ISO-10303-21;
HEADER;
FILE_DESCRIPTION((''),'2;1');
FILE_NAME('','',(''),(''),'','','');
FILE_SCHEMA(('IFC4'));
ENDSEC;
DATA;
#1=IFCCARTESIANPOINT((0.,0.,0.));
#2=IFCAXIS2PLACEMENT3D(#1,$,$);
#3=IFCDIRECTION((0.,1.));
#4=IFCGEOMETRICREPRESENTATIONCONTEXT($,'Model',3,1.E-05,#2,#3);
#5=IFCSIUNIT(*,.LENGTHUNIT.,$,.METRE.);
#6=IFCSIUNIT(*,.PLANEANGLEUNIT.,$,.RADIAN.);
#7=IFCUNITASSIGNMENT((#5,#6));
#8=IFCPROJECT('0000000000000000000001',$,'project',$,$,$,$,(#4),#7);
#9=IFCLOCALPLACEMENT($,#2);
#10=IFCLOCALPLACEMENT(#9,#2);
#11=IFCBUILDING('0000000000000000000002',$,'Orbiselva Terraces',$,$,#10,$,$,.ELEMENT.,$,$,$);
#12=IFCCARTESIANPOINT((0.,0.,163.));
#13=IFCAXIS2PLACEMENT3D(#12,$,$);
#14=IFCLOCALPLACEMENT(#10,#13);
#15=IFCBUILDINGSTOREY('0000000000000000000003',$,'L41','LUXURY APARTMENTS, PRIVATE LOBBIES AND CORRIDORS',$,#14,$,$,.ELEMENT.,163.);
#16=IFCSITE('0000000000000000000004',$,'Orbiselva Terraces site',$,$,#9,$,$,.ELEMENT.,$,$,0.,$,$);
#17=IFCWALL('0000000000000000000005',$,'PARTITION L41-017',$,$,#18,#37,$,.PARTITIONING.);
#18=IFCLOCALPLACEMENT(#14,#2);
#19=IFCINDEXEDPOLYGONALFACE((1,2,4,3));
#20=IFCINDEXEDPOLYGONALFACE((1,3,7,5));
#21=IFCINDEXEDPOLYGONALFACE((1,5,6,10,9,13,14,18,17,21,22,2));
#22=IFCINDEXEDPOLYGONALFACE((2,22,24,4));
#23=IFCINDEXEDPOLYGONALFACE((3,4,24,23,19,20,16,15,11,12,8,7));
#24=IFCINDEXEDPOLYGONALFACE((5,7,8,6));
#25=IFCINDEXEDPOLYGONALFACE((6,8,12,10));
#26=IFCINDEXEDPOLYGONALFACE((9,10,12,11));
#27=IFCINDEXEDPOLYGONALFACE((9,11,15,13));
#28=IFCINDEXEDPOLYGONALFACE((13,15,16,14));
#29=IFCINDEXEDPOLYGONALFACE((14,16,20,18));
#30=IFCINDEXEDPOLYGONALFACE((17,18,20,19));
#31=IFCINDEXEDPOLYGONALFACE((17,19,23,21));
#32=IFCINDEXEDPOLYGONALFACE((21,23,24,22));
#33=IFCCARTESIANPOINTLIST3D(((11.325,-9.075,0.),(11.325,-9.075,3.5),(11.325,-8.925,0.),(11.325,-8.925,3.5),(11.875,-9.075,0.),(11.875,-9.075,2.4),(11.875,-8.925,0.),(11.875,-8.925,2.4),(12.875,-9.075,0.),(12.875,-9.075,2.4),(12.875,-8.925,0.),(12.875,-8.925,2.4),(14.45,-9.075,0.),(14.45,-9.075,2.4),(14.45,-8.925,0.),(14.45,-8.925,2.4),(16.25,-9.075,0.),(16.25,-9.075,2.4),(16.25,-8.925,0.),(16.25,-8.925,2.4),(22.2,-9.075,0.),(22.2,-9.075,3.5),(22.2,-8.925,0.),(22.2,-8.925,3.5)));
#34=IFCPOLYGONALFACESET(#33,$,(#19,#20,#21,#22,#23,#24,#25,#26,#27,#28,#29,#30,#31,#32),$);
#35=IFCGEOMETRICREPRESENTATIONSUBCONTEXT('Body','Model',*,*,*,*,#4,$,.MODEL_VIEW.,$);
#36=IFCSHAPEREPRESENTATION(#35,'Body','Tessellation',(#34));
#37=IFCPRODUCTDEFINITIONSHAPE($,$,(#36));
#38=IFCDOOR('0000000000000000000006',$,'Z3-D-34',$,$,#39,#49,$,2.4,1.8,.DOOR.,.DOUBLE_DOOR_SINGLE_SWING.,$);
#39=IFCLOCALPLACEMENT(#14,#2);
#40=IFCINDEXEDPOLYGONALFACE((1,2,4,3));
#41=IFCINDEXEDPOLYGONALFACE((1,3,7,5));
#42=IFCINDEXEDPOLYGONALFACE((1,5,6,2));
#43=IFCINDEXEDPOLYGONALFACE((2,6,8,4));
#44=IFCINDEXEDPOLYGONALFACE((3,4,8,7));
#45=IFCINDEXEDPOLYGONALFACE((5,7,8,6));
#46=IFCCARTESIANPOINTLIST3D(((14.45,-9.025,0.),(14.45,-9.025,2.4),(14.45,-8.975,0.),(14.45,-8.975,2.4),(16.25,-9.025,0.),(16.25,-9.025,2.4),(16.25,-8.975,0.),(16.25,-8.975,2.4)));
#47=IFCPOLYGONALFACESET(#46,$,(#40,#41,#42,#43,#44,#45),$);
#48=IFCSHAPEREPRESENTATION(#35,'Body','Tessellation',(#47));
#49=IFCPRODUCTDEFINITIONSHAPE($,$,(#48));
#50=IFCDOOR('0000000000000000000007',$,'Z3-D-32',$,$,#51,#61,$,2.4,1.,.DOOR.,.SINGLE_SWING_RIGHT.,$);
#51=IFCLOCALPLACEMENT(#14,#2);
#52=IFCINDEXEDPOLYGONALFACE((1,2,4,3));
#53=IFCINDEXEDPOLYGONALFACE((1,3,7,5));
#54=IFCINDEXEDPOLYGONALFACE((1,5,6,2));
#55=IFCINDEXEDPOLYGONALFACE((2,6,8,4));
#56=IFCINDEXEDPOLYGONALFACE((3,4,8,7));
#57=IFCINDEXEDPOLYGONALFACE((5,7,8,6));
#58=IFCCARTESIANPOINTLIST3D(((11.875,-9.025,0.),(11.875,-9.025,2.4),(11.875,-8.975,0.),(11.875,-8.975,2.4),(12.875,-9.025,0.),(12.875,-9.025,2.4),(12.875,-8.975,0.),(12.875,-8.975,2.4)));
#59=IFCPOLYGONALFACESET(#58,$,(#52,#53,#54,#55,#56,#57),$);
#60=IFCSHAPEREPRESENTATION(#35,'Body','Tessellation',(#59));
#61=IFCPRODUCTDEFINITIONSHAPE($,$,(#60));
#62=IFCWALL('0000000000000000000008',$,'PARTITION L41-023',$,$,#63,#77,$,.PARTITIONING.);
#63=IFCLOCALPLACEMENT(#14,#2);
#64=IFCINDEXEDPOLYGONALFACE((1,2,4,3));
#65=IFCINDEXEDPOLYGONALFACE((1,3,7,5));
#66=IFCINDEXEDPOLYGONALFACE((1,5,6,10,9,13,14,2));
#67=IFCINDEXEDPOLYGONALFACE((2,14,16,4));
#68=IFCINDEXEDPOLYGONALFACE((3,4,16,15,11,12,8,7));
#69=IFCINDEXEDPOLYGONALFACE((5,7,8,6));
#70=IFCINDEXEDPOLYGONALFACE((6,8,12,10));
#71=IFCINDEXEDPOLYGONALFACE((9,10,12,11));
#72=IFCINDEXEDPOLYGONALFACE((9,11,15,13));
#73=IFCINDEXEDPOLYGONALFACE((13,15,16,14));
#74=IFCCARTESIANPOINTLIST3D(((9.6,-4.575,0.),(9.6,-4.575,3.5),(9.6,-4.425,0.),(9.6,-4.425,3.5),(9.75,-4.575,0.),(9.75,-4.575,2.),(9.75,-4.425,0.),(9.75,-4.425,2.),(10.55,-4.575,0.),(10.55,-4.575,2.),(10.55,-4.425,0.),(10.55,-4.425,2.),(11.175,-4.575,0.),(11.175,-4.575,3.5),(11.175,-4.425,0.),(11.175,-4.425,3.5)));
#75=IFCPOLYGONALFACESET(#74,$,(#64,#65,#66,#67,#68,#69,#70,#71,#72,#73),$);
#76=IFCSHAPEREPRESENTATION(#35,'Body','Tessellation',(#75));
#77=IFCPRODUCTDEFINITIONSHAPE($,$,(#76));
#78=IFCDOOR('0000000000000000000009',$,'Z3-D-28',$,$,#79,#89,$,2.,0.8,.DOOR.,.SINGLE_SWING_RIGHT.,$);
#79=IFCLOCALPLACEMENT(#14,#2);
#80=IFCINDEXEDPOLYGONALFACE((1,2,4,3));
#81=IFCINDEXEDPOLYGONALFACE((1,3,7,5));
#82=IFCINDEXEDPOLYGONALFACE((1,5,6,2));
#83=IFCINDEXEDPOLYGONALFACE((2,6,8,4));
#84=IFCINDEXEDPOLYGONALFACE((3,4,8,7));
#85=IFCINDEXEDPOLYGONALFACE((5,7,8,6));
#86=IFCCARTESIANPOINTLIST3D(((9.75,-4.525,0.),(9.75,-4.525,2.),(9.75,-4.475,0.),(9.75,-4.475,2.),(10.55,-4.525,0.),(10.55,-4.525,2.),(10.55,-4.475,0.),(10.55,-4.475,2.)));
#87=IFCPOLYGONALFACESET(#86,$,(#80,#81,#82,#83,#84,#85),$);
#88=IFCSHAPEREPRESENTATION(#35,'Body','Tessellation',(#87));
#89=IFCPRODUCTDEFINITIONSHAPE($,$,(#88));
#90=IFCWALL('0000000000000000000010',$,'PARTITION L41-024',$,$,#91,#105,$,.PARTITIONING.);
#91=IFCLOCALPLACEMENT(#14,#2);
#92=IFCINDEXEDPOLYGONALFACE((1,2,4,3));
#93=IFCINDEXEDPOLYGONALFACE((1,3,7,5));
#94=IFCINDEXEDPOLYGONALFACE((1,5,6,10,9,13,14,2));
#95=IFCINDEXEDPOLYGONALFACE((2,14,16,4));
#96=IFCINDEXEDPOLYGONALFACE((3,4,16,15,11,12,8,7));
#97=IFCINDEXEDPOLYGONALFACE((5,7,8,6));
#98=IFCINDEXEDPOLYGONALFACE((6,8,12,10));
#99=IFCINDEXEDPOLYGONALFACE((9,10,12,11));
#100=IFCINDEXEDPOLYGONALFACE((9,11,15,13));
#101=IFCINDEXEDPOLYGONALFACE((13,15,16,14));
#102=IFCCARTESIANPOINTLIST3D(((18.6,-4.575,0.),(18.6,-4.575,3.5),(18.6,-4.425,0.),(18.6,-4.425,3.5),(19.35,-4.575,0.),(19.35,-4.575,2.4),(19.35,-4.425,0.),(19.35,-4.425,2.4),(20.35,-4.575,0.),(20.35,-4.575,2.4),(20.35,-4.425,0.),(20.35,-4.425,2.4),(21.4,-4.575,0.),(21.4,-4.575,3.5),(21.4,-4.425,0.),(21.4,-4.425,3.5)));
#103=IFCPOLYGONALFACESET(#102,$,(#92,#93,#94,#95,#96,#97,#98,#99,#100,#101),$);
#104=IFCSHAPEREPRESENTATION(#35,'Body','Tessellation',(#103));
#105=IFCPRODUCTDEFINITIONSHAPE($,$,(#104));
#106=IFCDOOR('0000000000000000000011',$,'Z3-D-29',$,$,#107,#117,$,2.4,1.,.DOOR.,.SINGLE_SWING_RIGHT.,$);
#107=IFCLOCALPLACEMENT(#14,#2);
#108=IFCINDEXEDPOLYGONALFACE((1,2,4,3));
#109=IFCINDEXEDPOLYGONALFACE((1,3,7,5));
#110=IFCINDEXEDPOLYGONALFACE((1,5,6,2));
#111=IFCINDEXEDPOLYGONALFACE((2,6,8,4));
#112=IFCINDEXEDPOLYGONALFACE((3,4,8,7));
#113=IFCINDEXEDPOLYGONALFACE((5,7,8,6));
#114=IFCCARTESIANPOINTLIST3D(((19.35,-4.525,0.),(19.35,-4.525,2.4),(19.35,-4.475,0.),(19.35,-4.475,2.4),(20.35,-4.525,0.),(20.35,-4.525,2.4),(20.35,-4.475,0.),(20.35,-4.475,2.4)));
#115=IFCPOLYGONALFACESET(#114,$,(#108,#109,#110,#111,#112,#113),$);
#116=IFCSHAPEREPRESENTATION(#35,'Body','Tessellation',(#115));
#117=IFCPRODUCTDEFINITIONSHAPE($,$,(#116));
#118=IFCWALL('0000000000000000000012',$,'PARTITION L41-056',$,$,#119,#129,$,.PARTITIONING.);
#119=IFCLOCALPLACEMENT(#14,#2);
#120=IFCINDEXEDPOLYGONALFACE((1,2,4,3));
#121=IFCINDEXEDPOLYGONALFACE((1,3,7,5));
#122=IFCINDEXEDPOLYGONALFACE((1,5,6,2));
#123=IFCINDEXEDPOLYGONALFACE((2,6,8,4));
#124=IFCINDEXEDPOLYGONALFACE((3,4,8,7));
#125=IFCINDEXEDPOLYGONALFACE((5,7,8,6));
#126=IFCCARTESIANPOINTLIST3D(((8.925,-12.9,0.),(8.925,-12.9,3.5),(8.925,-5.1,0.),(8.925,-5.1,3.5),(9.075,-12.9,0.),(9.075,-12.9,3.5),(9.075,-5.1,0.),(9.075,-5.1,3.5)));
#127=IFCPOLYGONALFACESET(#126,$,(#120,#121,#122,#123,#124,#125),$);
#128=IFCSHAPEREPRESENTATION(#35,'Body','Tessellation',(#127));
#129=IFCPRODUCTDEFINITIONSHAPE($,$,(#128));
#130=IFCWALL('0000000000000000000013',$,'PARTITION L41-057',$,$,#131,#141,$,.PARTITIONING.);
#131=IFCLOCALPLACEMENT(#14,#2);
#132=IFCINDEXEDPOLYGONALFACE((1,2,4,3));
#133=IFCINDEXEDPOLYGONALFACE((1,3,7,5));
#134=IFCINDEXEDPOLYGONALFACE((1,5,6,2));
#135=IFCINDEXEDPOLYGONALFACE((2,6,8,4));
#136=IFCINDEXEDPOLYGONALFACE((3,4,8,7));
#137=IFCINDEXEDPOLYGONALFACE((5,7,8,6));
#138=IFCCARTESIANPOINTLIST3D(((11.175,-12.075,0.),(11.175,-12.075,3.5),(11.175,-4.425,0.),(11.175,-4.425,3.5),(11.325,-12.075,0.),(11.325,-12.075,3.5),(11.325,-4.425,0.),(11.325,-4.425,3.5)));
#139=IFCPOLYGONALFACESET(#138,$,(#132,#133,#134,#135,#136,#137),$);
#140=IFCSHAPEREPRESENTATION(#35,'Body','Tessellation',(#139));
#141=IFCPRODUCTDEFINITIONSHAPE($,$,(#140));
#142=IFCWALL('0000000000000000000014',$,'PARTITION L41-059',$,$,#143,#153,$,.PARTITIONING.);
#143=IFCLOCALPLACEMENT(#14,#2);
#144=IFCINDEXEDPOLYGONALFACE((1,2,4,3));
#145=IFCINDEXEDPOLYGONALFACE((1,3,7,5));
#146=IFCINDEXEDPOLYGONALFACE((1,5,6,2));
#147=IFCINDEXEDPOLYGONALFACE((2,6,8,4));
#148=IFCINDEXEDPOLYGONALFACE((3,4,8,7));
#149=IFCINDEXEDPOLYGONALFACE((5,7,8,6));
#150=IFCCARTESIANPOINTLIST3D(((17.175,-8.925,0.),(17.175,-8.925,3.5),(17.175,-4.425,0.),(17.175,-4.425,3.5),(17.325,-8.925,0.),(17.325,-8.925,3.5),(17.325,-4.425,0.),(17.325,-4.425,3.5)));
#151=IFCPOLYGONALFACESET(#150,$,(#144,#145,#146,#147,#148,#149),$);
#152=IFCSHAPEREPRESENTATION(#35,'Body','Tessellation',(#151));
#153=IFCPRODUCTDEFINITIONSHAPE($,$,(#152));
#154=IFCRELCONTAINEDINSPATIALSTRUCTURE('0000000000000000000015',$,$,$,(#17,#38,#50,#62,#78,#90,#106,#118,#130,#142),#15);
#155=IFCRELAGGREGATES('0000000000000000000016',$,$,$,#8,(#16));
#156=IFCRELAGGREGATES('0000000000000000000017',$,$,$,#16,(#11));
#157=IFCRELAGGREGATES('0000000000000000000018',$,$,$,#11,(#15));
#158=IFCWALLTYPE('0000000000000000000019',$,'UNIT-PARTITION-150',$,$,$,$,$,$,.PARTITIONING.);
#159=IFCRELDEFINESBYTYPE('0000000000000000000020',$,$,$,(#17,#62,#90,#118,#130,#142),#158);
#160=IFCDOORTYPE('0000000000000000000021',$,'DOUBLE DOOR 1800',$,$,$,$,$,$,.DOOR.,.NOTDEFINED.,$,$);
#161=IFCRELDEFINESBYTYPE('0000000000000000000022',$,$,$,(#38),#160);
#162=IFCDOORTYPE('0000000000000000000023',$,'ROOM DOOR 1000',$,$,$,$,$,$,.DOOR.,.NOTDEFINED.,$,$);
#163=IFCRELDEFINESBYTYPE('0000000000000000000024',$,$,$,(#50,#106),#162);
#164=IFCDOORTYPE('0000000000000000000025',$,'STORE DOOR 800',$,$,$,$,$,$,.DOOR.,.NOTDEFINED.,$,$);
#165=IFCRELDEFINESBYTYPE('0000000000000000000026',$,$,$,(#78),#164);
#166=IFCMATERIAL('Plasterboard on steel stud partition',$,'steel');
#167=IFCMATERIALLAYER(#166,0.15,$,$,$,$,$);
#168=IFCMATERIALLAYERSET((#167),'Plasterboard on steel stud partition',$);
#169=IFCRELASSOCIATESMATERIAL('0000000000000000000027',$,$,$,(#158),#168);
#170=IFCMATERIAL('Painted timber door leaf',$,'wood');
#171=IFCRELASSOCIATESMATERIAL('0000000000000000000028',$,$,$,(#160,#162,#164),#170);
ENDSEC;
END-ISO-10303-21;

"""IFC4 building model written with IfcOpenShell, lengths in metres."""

from ifc_helpers import new_model, si_unit, direction, frame, frame_2d, origin, place, context, subcontext, project, spatial, rectangle, extrude, material, layer, layer_set, type_object, element, fill, save


model = new_model("IFC4")

# Units and contexts
model_context = context("Model", 3, precision=1e-05, world=origin(), true_north=direction((0.0, 1.0)))
body_context = subcontext(model_context, "Body", "Model", "MODEL_VIEW")
ifc_project = project(units=[si_unit("LENGTHUNIT", "METRE"), si_unit("PLANEANGLEUNIT", "RADIAN")], contexts=[model_context])

# Site, building, storey
site_placement = place(None, origin())
site = spatial("IfcSite", under=ifc_project, at=site_placement, Name="Orbiselva Terraces site", CompositionType="ELEMENT", RefElevation=0.0)
building_placement = place(site_placement, origin())
building = spatial("IfcBuilding", under=site, at=building_placement, Name="Orbiselva Terraces", CompositionType="ELEMENT")
storey_placement = place(building_placement, frame((0.0, 0.0, 163.0)))
storey = spatial("IfcBuildingStorey", under=building, at=storey_placement, Name="L41", Description="LUXURY APARTMENTS, PRIVATE LOBBIES AND CORRIDORS", CompositionType="ELEMENT", Elevation=163.0)

# Shared definitions
ifc_material_1 = material(Name="Plasterboard on steel stud partition", Category="steel")

# Shared definitions
ifc_layer_1 = layer(ifc_material_1, 0.15)
ifc_layer_set_1 = layer_set([ifc_layer_1], Name="Plasterboard on steel stud partition")
wall_type_1 = type_object("IfcWallType", Name="UNIT-PARTITION-150", PredefinedType="PARTITIONING", material=ifc_layer_set_1)
ifc_material_2 = material(Name="Painted timber door leaf", Category="wood")

# Wall, openings, doors
wall_1_placement = place(storey_placement, frame((22.2, -9.0, 0.0), z_axis=(0.0, 0.0, 1.0), x_axis=(-1.0, 0.0, 0.0)))
wall_1 = element("IfcWall", 1, at=wall_1_placement, inside=storey, type_object=wall_type_1, Name="PARTITION L41-017", PredefinedType="PARTITIONING", context=body_context, shape_type="SweptSolid", body=[
    extrude(rectangle(XDim=10.875, YDim=0.15, at=frame_2d((5.4375, 0.0))), origin(), (0.0, 0.0, 1.0), 3.5),
])
opening_1_placement = place(wall_1_placement, frame((9.325, 0.0, 0.0)))
opening_1 = element("IfcOpeningElement", 2, at=opening_1_placement, cuts=wall_1, PredefinedType="OPENING", context=body_context, shape_type="SweptSolid", body=[
    extrude(rectangle(XDim=1.0, YDim=2.4, at=frame_2d((0.5, 1.2))), frame((0.0, 0.085, 0.0), z_axis=(0.0, -1.0, 0.0), x_axis=(1.0, 0.0, 0.0)), (0.0, 0.0, 1.0), 0.17),
])
opening_2_placement = place(wall_1_placement, frame((5.95, 0.0, 0.0)))
opening_2 = element("IfcOpeningElement", 3, at=opening_2_placement, cuts=wall_1, PredefinedType="OPENING", context=body_context, shape_type="SweptSolid", body=[
    extrude(rectangle(XDim=1.8, YDim=2.4, at=frame_2d((0.9, 1.2))), frame((0.0, 0.085, 0.0), z_axis=(0.0, -1.0, 0.0), x_axis=(1.0, 0.0, 0.0)), (0.0, 0.0, 1.0), 0.17),
])
door_type_1 = type_object("IfcDoorType", Name="DOUBLE DOOR 1800", OperationType="NOTDEFINED", PredefinedType="DOOR", material=ifc_material_2)
door_1_placement = place(opening_2_placement, origin())
door_1 = element("IfcDoor", 4, at=door_1_placement, inside=storey, type_object=door_type_1, Name="Z3-D-34", OperationType="DOUBLE_DOOR_SINGLE_SWING", OverallHeight=2.4, OverallWidth=1.8, PredefinedType="DOOR", context=body_context, shape_type="SweptSolid", body=[
    extrude(rectangle(XDim=1.8, YDim=2.4, at=frame_2d((0.9, 1.2))), frame((0.0, 0.025, 0.0), z_axis=(0.0, -1.0, 0.0), x_axis=(1.0, 0.0, 0.0)), (0.0, 0.0, 1.0), 0.05),
])
fill(opening_2, door_1)
door_type_2 = type_object("IfcDoorType", Name="ROOM DOOR 1000", OperationType="NOTDEFINED", PredefinedType="DOOR", material=ifc_material_2)
door_2_placement = place(opening_1_placement, origin())
door_2 = element("IfcDoor", 5, at=door_2_placement, inside=storey, type_object=door_type_2, Name="Z3-D-32", OperationType="SINGLE_SWING_RIGHT", OverallHeight=2.4, OverallWidth=1.0, PredefinedType="DOOR", context=body_context, shape_type="SweptSolid", body=[
    extrude(rectangle(XDim=1.0, YDim=2.4, at=frame_2d((0.5, 1.2))), frame((0.0, 0.025, 0.0), z_axis=(0.0, -1.0, 0.0), x_axis=(1.0, 0.0, 0.0)), (0.0, 0.0, 1.0), 0.05),
])
fill(opening_1, door_2)

# Walls, openings, doors
wall_2_placement = place(storey_placement, frame((11.175, -4.5, 0.0), z_axis=(0.0, 0.0, 1.0), x_axis=(-1.0, 0.0, 0.0)))
wall_2 = element("IfcWall", 6, at=wall_2_placement, inside=storey, type_object=wall_type_1, Name="PARTITION L41-023", PredefinedType="PARTITIONING", context=body_context, shape_type="SweptSolid", body=[
    extrude(rectangle(XDim=1.575, YDim=0.15, at=frame_2d((0.7875, 0.0))), origin(), (0.0, 0.0, 1.0), 3.5),
])
opening_3_placement = place(wall_2_placement, frame((0.625, 0.0, 0.0)))
opening_3 = element("IfcOpeningElement", 7, at=opening_3_placement, cuts=wall_2, PredefinedType="OPENING", context=body_context, shape_type="SweptSolid", body=[
    extrude(rectangle(XDim=0.8, YDim=2.0, at=frame_2d((0.4, 1.0))), frame((0.0, 0.085, 0.0), z_axis=(0.0, -1.0, 0.0), x_axis=(1.0, 0.0, 0.0)), (0.0, 0.0, 1.0), 0.17),
])
door_type_3 = type_object("IfcDoorType", Name="STORE DOOR 800", OperationType="NOTDEFINED", PredefinedType="DOOR", material=ifc_material_2)
door_3_placement = place(opening_3_placement, origin())
door_3 = element("IfcDoor", 8, at=door_3_placement, inside=storey, type_object=door_type_3, Name="Z3-D-28", OperationType="SINGLE_SWING_RIGHT", OverallHeight=2.0, OverallWidth=0.8, PredefinedType="DOOR", context=body_context, shape_type="SweptSolid", body=[
    extrude(rectangle(XDim=0.8, YDim=2.0, at=frame_2d((0.4, 1.0))), frame((0.0, 0.025, 0.0), z_axis=(0.0, -1.0, 0.0), x_axis=(1.0, 0.0, 0.0)), (0.0, 0.0, 1.0), 0.05),
])
fill(opening_3, door_3)
wall_3_placement = place(storey_placement, frame((21.4, -4.5, 0.0), z_axis=(0.0, 0.0, 1.0), x_axis=(-1.0, 0.0, 0.0)))
wall_3 = element("IfcWall", 9, at=wall_3_placement, inside=storey, type_object=wall_type_1, Name="PARTITION L41-024", PredefinedType="PARTITIONING", context=body_context, shape_type="SweptSolid", body=[
    extrude(rectangle(XDim=2.8, YDim=0.15, at=frame_2d((1.4, 0.0))), origin(), (0.0, 0.0, 1.0), 3.5),
])
opening_4_placement = place(wall_3_placement, frame((1.05, 0.0, 0.0)))
opening_4 = element("IfcOpeningElement", 10, at=opening_4_placement, cuts=wall_3, PredefinedType="OPENING", context=body_context, shape_type="SweptSolid", body=[
    extrude(rectangle(XDim=1.0, YDim=2.4, at=frame_2d((0.5, 1.2))), frame((0.0, 0.085, 0.0), z_axis=(0.0, -1.0, 0.0), x_axis=(1.0, 0.0, 0.0)), (0.0, 0.0, 1.0), 0.17),
])
door_4_placement = place(opening_4_placement, origin())
door_4 = element("IfcDoor", 11, at=door_4_placement, inside=storey, type_object=door_type_2, Name="Z3-D-29", OperationType="SINGLE_SWING_RIGHT", OverallHeight=2.4, OverallWidth=1.0, PredefinedType="DOOR", context=body_context, shape_type="SweptSolid", body=[
    extrude(rectangle(XDim=1.0, YDim=2.4, at=frame_2d((0.5, 1.2))), frame((0.0, 0.025, 0.0), z_axis=(0.0, -1.0, 0.0), x_axis=(1.0, 0.0, 0.0)), (0.0, 0.0, 1.0), 0.05),
])
fill(opening_4, door_4)

# Walls
wall_4_placement = place(storey_placement, frame((9.0, -12.9, 0.0), z_axis=(0.0, 0.0, 1.0), x_axis=(0.0, 1.0, 0.0)))
element("IfcWall", 12, at=wall_4_placement, inside=storey, type_object=wall_type_1, Name="PARTITION L41-056", PredefinedType="PARTITIONING", context=body_context, shape_type="SweptSolid", body=[
    extrude(rectangle(XDim=7.8, YDim=0.15, at=frame_2d((3.9, 0.0))), origin(), (0.0, 0.0, 1.0), 3.5),
])
wall_5_placement = place(storey_placement, frame((11.25, -12.075, 0.0), z_axis=(0.0, 0.0, 1.0), x_axis=(0.0, 1.0, 0.0)))
element("IfcWall", 13, at=wall_5_placement, inside=storey, type_object=wall_type_1, Name="PARTITION L41-057", PredefinedType="PARTITIONING", context=body_context, shape_type="SweptSolid", body=[
    extrude(rectangle(XDim=7.65, YDim=0.15, at=frame_2d((3.825, 0.0))), origin(), (0.0, 0.0, 1.0), 3.5),
])
wall_6_placement = place(storey_placement, frame((17.25, -8.925, 0.0), z_axis=(0.0, 0.0, 1.0), x_axis=(0.0, 1.0, 0.0)))
element("IfcWall", 14, at=wall_6_placement, inside=storey, type_object=wall_type_1, Name="PARTITION L41-059", PredefinedType="PARTITIONING", context=body_context, shape_type="SweptSolid", body=[
    extrude(rectangle(XDim=4.5, YDim=0.15, at=frame_2d((2.25, 0.0))), origin(), (0.0, 0.0, 1.0), 3.5),
])

save(model, "model.ifc")
